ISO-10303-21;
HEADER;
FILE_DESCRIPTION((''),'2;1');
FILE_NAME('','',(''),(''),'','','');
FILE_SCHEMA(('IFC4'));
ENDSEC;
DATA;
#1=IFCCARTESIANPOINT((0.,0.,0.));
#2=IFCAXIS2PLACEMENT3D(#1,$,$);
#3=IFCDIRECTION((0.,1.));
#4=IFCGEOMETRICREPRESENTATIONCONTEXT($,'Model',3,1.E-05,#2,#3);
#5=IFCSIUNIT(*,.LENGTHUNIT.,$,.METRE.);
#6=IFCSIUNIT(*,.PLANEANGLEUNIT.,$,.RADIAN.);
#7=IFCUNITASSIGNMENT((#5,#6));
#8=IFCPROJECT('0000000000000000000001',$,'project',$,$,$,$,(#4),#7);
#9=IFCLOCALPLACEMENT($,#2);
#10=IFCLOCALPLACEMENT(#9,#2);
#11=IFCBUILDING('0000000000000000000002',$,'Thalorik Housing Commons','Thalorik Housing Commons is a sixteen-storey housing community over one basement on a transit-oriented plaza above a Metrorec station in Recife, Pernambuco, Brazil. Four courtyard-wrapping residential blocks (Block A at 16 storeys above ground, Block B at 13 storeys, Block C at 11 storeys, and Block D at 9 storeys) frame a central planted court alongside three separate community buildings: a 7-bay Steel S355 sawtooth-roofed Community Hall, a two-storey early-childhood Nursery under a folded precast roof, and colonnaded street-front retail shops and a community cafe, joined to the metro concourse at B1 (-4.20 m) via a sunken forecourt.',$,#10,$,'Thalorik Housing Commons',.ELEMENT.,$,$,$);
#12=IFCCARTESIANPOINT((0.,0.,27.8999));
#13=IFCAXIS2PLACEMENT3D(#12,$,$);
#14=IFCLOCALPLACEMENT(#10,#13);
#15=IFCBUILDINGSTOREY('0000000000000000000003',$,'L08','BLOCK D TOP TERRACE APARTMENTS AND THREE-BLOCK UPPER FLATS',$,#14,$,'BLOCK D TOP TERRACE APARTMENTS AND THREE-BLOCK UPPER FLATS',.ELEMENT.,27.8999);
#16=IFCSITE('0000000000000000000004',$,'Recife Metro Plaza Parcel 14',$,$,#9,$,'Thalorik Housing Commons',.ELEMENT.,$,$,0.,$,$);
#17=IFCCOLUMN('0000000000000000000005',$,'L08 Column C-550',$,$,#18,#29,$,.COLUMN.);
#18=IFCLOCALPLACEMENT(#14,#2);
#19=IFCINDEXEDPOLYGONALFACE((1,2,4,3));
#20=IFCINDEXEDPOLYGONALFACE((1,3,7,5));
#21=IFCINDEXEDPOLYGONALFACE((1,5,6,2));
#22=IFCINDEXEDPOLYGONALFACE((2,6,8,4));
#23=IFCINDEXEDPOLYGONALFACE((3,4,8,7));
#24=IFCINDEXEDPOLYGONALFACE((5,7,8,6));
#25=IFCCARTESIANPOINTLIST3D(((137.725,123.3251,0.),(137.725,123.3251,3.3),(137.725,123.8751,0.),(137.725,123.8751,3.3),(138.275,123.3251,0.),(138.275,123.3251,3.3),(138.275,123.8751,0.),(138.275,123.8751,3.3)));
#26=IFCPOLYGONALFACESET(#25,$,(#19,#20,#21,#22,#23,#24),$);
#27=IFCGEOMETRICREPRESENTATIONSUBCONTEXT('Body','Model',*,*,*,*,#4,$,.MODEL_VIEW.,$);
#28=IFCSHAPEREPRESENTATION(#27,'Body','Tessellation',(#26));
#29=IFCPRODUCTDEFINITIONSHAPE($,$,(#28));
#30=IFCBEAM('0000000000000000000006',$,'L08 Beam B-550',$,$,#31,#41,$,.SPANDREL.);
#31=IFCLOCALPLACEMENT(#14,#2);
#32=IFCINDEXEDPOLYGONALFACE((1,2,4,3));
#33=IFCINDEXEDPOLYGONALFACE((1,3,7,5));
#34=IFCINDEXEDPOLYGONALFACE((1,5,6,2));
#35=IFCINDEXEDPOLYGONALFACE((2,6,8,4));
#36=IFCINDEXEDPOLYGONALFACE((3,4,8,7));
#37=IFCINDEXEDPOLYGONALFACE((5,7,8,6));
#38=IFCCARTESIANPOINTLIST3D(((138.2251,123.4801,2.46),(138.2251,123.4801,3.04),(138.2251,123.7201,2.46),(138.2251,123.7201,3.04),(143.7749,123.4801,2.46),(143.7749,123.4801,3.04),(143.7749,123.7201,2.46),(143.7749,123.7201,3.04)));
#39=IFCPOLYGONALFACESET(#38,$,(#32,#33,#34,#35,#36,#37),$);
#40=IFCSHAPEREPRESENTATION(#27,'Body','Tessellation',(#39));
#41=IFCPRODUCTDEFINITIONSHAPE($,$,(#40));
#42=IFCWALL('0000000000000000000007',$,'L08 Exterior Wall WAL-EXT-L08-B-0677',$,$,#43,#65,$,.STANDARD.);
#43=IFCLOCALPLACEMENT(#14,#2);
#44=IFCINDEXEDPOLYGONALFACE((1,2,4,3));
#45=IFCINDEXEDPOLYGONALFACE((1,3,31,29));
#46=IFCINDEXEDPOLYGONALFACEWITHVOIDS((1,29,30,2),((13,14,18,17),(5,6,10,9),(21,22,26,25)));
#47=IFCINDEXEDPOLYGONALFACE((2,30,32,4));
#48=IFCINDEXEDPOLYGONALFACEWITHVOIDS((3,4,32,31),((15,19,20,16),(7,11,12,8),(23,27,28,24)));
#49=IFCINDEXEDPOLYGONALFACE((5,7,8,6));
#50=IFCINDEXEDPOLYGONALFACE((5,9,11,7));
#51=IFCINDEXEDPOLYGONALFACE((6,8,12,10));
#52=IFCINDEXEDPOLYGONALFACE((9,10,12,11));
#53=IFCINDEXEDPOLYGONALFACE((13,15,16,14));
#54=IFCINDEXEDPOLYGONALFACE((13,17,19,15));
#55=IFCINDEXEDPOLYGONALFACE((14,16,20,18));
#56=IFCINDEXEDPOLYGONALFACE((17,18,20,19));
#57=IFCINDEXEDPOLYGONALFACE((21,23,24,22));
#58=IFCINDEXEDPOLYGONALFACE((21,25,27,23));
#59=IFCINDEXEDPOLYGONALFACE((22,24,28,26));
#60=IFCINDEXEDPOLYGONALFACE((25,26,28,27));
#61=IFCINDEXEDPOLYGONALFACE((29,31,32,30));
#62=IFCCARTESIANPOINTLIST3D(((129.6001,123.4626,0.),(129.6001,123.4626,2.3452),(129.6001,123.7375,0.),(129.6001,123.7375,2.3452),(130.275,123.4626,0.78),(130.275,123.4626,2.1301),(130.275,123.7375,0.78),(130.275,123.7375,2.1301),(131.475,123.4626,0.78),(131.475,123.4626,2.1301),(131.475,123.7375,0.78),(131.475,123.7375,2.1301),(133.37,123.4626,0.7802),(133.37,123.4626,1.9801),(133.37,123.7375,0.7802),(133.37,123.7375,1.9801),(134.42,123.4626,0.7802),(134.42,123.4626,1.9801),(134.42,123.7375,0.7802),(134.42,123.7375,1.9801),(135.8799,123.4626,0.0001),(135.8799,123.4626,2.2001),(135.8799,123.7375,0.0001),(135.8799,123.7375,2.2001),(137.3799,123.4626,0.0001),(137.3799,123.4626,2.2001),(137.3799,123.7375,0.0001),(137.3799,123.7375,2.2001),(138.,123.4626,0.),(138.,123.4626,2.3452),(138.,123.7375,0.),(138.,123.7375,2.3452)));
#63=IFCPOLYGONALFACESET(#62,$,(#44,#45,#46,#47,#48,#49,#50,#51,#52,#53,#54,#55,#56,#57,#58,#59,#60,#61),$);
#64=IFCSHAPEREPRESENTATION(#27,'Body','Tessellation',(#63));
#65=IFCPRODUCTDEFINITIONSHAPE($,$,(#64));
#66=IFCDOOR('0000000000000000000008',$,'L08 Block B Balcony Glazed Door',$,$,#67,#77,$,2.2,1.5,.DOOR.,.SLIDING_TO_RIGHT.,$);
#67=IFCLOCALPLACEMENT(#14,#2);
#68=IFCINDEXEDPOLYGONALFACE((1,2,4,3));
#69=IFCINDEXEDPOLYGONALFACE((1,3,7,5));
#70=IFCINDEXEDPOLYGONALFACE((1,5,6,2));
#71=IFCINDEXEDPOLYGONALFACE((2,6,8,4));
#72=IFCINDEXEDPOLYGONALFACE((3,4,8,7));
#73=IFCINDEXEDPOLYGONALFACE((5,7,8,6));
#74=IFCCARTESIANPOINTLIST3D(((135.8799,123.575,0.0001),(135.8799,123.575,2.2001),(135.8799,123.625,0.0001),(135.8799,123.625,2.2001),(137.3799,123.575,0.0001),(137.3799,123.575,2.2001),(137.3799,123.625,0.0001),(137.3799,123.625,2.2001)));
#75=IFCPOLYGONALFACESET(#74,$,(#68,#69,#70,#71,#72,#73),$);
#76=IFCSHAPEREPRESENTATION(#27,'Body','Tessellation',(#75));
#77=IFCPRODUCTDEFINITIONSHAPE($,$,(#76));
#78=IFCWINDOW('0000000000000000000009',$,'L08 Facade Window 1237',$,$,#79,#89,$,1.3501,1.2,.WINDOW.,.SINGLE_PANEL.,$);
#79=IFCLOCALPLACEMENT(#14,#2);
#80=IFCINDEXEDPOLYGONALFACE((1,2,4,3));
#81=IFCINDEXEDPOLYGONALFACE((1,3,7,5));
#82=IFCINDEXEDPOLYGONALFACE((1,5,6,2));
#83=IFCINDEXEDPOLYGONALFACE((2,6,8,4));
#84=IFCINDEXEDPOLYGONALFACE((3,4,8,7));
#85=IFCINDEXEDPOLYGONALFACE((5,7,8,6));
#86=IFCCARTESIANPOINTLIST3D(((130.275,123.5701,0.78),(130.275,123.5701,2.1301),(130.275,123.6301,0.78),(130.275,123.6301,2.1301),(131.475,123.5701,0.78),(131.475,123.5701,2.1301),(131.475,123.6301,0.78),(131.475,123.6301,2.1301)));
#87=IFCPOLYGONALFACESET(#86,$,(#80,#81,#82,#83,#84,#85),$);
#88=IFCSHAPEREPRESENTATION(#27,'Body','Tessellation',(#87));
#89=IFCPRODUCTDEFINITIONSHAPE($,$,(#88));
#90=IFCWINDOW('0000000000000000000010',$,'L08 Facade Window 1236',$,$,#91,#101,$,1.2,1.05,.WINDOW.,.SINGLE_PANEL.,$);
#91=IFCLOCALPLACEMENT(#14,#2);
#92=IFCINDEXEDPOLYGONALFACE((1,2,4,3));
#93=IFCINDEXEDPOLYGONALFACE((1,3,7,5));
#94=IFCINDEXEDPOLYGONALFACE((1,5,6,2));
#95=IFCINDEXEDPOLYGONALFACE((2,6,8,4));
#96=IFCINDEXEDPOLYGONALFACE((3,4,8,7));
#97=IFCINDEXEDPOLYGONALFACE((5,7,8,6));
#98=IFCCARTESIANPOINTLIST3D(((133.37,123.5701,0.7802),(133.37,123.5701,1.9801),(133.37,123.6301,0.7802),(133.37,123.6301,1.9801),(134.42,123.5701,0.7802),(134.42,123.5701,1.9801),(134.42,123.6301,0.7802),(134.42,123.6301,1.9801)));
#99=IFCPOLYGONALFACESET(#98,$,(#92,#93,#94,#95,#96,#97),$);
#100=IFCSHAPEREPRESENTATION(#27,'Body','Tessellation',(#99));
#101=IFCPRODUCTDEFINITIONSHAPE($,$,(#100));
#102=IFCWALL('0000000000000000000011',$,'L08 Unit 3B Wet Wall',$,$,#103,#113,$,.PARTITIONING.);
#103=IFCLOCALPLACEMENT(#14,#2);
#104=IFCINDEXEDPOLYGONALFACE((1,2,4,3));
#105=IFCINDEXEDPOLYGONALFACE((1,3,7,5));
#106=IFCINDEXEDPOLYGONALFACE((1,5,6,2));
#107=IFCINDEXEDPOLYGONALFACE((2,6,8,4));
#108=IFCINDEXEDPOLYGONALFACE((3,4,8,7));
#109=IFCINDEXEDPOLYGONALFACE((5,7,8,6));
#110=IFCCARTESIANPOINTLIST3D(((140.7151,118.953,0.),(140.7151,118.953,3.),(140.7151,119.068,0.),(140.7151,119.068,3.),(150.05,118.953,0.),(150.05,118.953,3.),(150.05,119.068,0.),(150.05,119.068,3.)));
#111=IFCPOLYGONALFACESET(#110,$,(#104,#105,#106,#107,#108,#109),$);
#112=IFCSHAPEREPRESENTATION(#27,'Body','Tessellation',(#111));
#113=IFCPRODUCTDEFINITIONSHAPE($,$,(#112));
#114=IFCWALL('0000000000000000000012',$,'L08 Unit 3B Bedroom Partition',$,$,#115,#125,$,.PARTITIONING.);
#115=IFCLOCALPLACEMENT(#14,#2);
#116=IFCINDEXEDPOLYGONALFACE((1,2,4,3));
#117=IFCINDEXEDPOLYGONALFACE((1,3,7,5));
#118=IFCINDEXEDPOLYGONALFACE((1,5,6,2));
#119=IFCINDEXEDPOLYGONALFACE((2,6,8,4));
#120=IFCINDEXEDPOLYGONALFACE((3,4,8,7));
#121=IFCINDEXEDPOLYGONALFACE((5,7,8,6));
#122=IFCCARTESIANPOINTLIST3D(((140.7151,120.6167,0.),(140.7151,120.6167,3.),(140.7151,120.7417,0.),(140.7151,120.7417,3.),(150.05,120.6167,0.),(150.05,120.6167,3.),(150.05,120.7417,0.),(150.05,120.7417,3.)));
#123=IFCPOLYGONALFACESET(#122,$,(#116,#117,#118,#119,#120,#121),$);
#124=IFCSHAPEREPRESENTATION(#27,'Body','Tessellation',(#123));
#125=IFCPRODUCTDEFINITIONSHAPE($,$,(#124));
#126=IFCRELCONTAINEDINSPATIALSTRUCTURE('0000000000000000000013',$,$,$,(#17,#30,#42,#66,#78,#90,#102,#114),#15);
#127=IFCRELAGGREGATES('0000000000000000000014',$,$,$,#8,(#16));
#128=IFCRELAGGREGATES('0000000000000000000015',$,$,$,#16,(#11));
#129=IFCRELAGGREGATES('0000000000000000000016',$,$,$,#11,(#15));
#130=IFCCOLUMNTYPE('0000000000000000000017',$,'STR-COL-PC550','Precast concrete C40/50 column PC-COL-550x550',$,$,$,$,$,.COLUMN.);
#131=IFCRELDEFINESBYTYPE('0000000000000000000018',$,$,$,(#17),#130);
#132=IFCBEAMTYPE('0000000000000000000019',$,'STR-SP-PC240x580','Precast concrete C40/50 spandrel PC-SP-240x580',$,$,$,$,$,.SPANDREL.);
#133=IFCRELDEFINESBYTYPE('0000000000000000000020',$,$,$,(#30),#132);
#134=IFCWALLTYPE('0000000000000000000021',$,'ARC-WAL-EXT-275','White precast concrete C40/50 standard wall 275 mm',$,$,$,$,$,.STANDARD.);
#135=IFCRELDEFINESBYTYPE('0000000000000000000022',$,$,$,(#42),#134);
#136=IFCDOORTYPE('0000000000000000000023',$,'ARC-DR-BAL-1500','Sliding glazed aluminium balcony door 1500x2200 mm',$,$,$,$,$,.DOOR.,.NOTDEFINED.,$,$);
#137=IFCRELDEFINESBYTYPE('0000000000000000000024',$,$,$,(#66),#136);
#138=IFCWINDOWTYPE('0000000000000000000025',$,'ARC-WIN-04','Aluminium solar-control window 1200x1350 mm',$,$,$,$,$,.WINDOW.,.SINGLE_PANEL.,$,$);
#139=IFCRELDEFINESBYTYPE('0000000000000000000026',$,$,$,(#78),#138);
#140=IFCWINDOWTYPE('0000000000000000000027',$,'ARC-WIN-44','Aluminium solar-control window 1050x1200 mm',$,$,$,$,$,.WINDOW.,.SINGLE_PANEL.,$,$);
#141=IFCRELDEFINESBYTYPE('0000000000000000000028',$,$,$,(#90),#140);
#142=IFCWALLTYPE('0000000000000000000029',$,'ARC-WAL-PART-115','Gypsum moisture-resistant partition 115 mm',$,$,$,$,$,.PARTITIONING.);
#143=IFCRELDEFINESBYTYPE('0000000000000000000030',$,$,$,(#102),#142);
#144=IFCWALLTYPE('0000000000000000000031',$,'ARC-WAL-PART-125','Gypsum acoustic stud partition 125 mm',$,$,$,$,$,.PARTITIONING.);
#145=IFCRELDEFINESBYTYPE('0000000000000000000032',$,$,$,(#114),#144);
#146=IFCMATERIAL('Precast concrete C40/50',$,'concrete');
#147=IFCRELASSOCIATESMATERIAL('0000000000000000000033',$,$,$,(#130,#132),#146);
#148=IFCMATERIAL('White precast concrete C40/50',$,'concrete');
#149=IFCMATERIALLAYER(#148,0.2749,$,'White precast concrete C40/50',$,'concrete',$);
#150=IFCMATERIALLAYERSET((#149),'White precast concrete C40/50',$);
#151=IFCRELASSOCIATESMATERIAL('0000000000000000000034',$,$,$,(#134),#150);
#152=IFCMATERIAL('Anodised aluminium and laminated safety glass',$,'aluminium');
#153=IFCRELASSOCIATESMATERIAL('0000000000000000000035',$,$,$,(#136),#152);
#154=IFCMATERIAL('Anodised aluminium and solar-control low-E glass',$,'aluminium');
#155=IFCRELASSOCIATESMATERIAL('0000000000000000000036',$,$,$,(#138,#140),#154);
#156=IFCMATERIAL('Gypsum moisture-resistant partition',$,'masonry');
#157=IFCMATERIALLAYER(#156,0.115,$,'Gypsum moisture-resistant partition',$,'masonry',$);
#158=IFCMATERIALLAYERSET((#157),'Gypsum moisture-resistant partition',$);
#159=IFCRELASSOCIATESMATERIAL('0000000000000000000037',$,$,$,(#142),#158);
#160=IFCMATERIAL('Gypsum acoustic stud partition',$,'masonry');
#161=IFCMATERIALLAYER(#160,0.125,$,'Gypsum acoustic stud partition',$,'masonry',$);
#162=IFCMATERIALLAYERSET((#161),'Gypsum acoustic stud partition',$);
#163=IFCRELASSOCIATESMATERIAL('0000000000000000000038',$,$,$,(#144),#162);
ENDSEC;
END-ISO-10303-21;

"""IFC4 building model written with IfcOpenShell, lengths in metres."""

from ifc_helpers import new_model, si_unit, direction, frame, frame_2d, origin, origin_2d, place, context, subcontext, project, spatial, rectangle, extrude, material, layer, layer_set, material_profile, profile_set, type_object, element, fill, save


model = new_model("IFC4")

# Units and contexts
model_context = context("Model", 3, precision=1e-05, world=origin(), true_north=direction((0.0, 1.0)))
body_context = subcontext(model_context, "Body", "Model", "MODEL_VIEW")
ifc_project = project(units=[si_unit("LENGTHUNIT", "METRE"), si_unit("PLANEANGLEUNIT", "RADIAN")], contexts=[model_context])

# Site, building, storey
site_placement = place(None, origin())
site = spatial("IfcSite", under=ifc_project, at=site_placement, Name="Recife Metro Plaza Parcel 14", LongName="Thalorik Housing Commons", CompositionType="ELEMENT", RefElevation=0.0)
building_placement = place(site_placement, origin())
building = spatial("IfcBuilding", under=site, at=building_placement, Name="Thalorik Housing Commons", Description="Thalorik Housing Commons is a sixteen-storey housing community over one basement on a transit-oriented plaza above a Metrorec station in Recife, Pernambuco, Brazil. Four courtyard-wrapping residential blocks (Block A at 16 storeys above ground, Block B at 13 storeys, Block C at 11 storeys, and Block D at 9 storeys) frame a central planted court alongside three separate community buildings: a 7-bay Steel S355 sawtooth-roofed Community Hall, a two-storey early-childhood Nursery under a folded precast roof, and colonnaded street-front retail shops and a community cafe, joined to the metro concourse at B1 (-4.20 m) via a sunken forecourt.", LongName="Thalorik Housing Commons", CompositionType="ELEMENT")
storey_placement = place(building_placement, frame((0.0, 0.0, 27.8999)))
storey = spatial("IfcBuildingStorey", under=building, at=storey_placement, Name="L08", Description="BLOCK D TOP TERRACE APARTMENTS AND THREE-BLOCK UPPER FLATS", LongName="BLOCK D TOP TERRACE APARTMENTS AND THREE-BLOCK UPPER FLATS", CompositionType="ELEMENT", Elevation=27.8999)

# Column
ifc_material_1 = material(Name="Precast concrete C40/50", Category="concrete")
ifc_material_profile_1 = material_profile(ifc_material_1, rectangle(XDim=0.55, YDim=0.55, at=origin_2d()), Name="PC 550x550", Category="concrete")
ifc_profile_set_1 = profile_set([ifc_material_profile_1], Name="Precast concrete C40/50")
column_type = type_object("IfcColumnType", Name="STR-COL-PC550", Description="Precast concrete C40/50 column PC-COL-550x550", PredefinedType="COLUMN", material=ifc_profile_set_1)
column_placement = place(storey_placement, frame((138.0, 123.6001, 0.0), z_axis=(0.0, 0.0, 1.0), x_axis=(1.0, 0.0, 0.0)))
element("IfcColumn", 1, at=column_placement, inside=storey, type_object=column_type, Name="L08 Column C-550", PredefinedType="COLUMN", context=body_context, shape_type="SweptSolid", body=[
    extrude(rectangle(XDim=0.55, YDim=0.55, at=origin_2d()), origin(), (0.0, 0.0, 1.0), 3.3),
])

# Beam
ifc_material_profile_2 = material_profile(ifc_material_1, rectangle(XDim=0.24, YDim=0.5801, at=origin_2d()), Name="PC SP 240x580", Category="concrete")
ifc_profile_set_2 = profile_set([ifc_material_profile_2], Name="Precast concrete C40/50")
beam_type = type_object("IfcBeamType", Name="STR-SP-PC240x580", Description="Precast concrete C40/50 spandrel PC-SP-240x580", PredefinedType="SPANDREL", material=ifc_profile_set_2)
beam_placement = place(storey_placement, frame((138.2251, 123.6001, 2.75), z_axis=(1.0, 0.0, 0.0), x_axis=(0.0, 1.0, 0.0)))
element("IfcBeam", 2, at=beam_placement, inside=storey, type_object=beam_type, Name="L08 Beam B-550", PredefinedType="SPANDREL", context=body_context, shape_type="SweptSolid", body=[
    extrude(rectangle(XDim=0.24, YDim=0.5801, at=origin_2d()), origin(), (0.0, 0.0, 1.0), 5.5498),
])

# Wall, openings, door, windows
ifc_material_2 = material(Name="White precast concrete C40/50", Category="concrete")
ifc_layer_1 = layer(ifc_material_2, 0.2749, Name="White precast concrete C40/50", Category="concrete")
ifc_layer_set_1 = layer_set([ifc_layer_1], Name="White precast concrete C40/50")
wall_type_1 = type_object("IfcWallType", Name="ARC-WAL-EXT-275", Description="White precast concrete C40/50 standard wall 275 mm", PredefinedType="STANDARD", material=ifc_layer_set_1)
wall_1_placement = place(storey_placement, frame((138.0, 123.6001, 0.0), z_axis=(0.0, 0.0, 1.0), x_axis=(-1.0, 0.0, 0.0)))
wall_1 = element("IfcWall", 3, at=wall_1_placement, inside=storey, type_object=wall_type_1, Name="L08 Exterior Wall WAL-EXT-L08-B-0677", PredefinedType="STANDARD", context=body_context, shape_type="SweptSolid", body=[
    extrude(rectangle(XDim=8.3999, YDim=0.2749, at=frame_2d((4.2, 0.0))), origin(), (0.0, 0.0, 1.0), 2.3452),
])
opening_1_placement = place(wall_1_placement, frame((0.6201, 0.0, 0.0)))
opening_1 = element("IfcOpeningElement", 4, at=opening_1_placement, cuts=wall_1, PredefinedType="OPENING", context=body_context, shape_type="SweptSolid", body=[
    extrude(rectangle(XDim=1.5, YDim=2.2, at=frame_2d((0.75, 1.1001))), frame((0.0, 0.1475, 0.0), z_axis=(0.0, -1.0, 0.0), x_axis=(1.0, 0.0, 0.0)), (0.0, 0.0, 1.0), 0.2949),
])
opening_2_placement = place(wall_1_placement, frame((3.5801, 0.0, 0.78)))
opening_2 = element("IfcOpeningElement", 5, at=opening_2_placement, cuts=wall_1, PredefinedType="OPENING", context=body_context, shape_type="SweptSolid", body=[
    extrude(rectangle(XDim=1.05, YDim=1.2, at=frame_2d((0.5249, 0.6001))), frame((0.0, 0.1475, 0.0), z_axis=(0.0, -1.0, 0.0), x_axis=(1.0, 0.0, 0.0)), (0.0, 0.0, 1.0), 0.2949),
])
opening_3_placement = place(wall_1_placement, frame((6.5249, 0.0, 0.78)))
opening_3 = element("IfcOpeningElement", 6, at=opening_3_placement, cuts=wall_1, PredefinedType="OPENING", context=body_context, shape_type="SweptSolid", body=[
    extrude(rectangle(XDim=1.2, YDim=1.3501, at=frame_2d((0.6001, 0.675))), frame((0.0, 0.1475, 0.0), z_axis=(0.0, -1.0, 0.0), x_axis=(1.0, 0.0, 0.0)), (0.0, 0.0, 1.0), 0.2949),
])
ifc_material_3 = material(Name="Anodised aluminium and laminated safety glass", Category="aluminium")
door_type_1 = type_object("IfcDoorType", Name="ARC-DR-BAL-1500", Description="Sliding glazed aluminium balcony door 1500x2200 mm", OperationType="NOTDEFINED", PredefinedType="DOOR", material=ifc_material_3)
door_1_placement = place(opening_1_placement, frame((1.5, 0.0, 0.0), z_axis=(0.0, 0.0, 1.0), x_axis=(-1.0, 0.0, 0.0)))
door_1 = element("IfcDoor", 7, at=door_1_placement, inside=storey, type_object=door_type_1, Name="L08 Block B Balcony Glazed Door", OperationType="SLIDING_TO_RIGHT", OverallHeight=2.2, OverallWidth=1.5, PredefinedType="DOOR", context=body_context, shape_type="SweptSolid", body=[
    extrude(rectangle(XDim=1.5, YDim=2.2, at=frame_2d((0.75, 1.1001))), frame((0.0, 0.0249, 0.0), z_axis=(0.0, -1.0, 0.0), x_axis=(1.0, 0.0, 0.0)), (0.0, 0.0, 1.0), 0.05),
])
fill(opening_1, door_1)
ifc_material_4 = material(Name="Anodised aluminium and solar-control low-E glass", Category="aluminium")
window_type_1 = type_object("IfcWindowType", Name="ARC-WIN-04", Description="Aluminium solar-control window 1200x1350 mm", PartitioningType="SINGLE_PANEL", PredefinedType="WINDOW", material=ifc_material_4)
window_1_placement = place(opening_3_placement, origin())
window_1 = element("IfcWindow", 8, at=window_1_placement, inside=storey, type_object=window_type_1, Name="L08 Facade Window 1237", OverallHeight=1.3501, OverallWidth=1.2, PartitioningType="SINGLE_PANEL", PredefinedType="WINDOW", context=body_context, shape_type="SweptSolid", body=[
    extrude(rectangle(XDim=1.2, YDim=1.3501, at=frame_2d((0.6001, 0.675))), frame((0.0, 0.03, 0.0), z_axis=(0.0, -1.0, 0.0), x_axis=(1.0, 0.0, 0.0)), (0.0, 0.0, 1.0), 0.0601),
])
fill(opening_3, window_1)
window_type_2 = type_object("IfcWindowType", Name="ARC-WIN-44", Description="Aluminium solar-control window 1050x1200 mm", PartitioningType="SINGLE_PANEL", PredefinedType="WINDOW", material=ifc_material_4)
window_2_placement = place(opening_2_placement, origin())
window_2 = element("IfcWindow", 9, at=window_2_placement, inside=storey, type_object=window_type_2, Name="L08 Facade Window 1236", OverallHeight=1.2, OverallWidth=1.05, PartitioningType="SINGLE_PANEL", PredefinedType="WINDOW", context=body_context, shape_type="SweptSolid", body=[
    extrude(rectangle(XDim=1.05, YDim=1.2, at=frame_2d((0.5249, 0.6001))), frame((0.0, 0.03, 0.0), z_axis=(0.0, -1.0, 0.0), x_axis=(1.0, 0.0, 0.0)), (0.0, 0.0, 1.0), 0.0601),
])
fill(opening_2, window_2)

# Walls
ifc_material_5 = material(Name="Gypsum moisture-resistant partition", Category="masonry")
ifc_layer_2 = layer(ifc_material_5, 0.115, Name="Gypsum moisture-resistant partition", Category="masonry")
ifc_layer_set_2 = layer_set([ifc_layer_2], Name="Gypsum moisture-resistant partition")
wall_type_2 = type_object("IfcWallType", Name="ARC-WAL-PART-115", Description="Gypsum moisture-resistant partition 115 mm", PredefinedType="PARTITIONING", material=ifc_layer_set_2)
wall_2_placement = place(storey_placement, frame((140.7151, 119.0105, 0.0), z_axis=(0.0, 0.0, 1.0), x_axis=(1.0, 0.0, 0.0)))
element("IfcWall", 10, at=wall_2_placement, inside=storey, type_object=wall_type_2, Name="L08 Unit 3B Wet Wall", PredefinedType="PARTITIONING", context=body_context, shape_type="SweptSolid", body=[
    extrude(rectangle(XDim=9.335, YDim=0.115, at=frame_2d((4.6675, 0.0))), origin(), (0.0, 0.0, 1.0), 3.0),
])
ifc_material_6 = material(Name="Gypsum acoustic stud partition", Category="masonry")
ifc_layer_3 = layer(ifc_material_6, 0.125, Name="Gypsum acoustic stud partition", Category="masonry")
ifc_layer_set_3 = layer_set([ifc_layer_3], Name="Gypsum acoustic stud partition")
wall_type_3 = type_object("IfcWallType", Name="ARC-WAL-PART-125", Description="Gypsum acoustic stud partition 125 mm", PredefinedType="PARTITIONING", material=ifc_layer_set_3)
wall_3_placement = place(storey_placement, frame((140.7151, 120.6792, 0.0), z_axis=(0.0, 0.0, 1.0), x_axis=(1.0, 0.0, 0.0)))
element("IfcWall", 11, at=wall_3_placement, inside=storey, type_object=wall_type_3, Name="L08 Unit 3B Bedroom Partition", PredefinedType="PARTITIONING", context=body_context, shape_type="SweptSolid", body=[
    extrude(rectangle(XDim=9.335, YDim=0.125, at=frame_2d((4.6675, 0.0))), origin(), (0.0, 0.0, 1.0), 3.0),
])

save(model, "model.ifc")
